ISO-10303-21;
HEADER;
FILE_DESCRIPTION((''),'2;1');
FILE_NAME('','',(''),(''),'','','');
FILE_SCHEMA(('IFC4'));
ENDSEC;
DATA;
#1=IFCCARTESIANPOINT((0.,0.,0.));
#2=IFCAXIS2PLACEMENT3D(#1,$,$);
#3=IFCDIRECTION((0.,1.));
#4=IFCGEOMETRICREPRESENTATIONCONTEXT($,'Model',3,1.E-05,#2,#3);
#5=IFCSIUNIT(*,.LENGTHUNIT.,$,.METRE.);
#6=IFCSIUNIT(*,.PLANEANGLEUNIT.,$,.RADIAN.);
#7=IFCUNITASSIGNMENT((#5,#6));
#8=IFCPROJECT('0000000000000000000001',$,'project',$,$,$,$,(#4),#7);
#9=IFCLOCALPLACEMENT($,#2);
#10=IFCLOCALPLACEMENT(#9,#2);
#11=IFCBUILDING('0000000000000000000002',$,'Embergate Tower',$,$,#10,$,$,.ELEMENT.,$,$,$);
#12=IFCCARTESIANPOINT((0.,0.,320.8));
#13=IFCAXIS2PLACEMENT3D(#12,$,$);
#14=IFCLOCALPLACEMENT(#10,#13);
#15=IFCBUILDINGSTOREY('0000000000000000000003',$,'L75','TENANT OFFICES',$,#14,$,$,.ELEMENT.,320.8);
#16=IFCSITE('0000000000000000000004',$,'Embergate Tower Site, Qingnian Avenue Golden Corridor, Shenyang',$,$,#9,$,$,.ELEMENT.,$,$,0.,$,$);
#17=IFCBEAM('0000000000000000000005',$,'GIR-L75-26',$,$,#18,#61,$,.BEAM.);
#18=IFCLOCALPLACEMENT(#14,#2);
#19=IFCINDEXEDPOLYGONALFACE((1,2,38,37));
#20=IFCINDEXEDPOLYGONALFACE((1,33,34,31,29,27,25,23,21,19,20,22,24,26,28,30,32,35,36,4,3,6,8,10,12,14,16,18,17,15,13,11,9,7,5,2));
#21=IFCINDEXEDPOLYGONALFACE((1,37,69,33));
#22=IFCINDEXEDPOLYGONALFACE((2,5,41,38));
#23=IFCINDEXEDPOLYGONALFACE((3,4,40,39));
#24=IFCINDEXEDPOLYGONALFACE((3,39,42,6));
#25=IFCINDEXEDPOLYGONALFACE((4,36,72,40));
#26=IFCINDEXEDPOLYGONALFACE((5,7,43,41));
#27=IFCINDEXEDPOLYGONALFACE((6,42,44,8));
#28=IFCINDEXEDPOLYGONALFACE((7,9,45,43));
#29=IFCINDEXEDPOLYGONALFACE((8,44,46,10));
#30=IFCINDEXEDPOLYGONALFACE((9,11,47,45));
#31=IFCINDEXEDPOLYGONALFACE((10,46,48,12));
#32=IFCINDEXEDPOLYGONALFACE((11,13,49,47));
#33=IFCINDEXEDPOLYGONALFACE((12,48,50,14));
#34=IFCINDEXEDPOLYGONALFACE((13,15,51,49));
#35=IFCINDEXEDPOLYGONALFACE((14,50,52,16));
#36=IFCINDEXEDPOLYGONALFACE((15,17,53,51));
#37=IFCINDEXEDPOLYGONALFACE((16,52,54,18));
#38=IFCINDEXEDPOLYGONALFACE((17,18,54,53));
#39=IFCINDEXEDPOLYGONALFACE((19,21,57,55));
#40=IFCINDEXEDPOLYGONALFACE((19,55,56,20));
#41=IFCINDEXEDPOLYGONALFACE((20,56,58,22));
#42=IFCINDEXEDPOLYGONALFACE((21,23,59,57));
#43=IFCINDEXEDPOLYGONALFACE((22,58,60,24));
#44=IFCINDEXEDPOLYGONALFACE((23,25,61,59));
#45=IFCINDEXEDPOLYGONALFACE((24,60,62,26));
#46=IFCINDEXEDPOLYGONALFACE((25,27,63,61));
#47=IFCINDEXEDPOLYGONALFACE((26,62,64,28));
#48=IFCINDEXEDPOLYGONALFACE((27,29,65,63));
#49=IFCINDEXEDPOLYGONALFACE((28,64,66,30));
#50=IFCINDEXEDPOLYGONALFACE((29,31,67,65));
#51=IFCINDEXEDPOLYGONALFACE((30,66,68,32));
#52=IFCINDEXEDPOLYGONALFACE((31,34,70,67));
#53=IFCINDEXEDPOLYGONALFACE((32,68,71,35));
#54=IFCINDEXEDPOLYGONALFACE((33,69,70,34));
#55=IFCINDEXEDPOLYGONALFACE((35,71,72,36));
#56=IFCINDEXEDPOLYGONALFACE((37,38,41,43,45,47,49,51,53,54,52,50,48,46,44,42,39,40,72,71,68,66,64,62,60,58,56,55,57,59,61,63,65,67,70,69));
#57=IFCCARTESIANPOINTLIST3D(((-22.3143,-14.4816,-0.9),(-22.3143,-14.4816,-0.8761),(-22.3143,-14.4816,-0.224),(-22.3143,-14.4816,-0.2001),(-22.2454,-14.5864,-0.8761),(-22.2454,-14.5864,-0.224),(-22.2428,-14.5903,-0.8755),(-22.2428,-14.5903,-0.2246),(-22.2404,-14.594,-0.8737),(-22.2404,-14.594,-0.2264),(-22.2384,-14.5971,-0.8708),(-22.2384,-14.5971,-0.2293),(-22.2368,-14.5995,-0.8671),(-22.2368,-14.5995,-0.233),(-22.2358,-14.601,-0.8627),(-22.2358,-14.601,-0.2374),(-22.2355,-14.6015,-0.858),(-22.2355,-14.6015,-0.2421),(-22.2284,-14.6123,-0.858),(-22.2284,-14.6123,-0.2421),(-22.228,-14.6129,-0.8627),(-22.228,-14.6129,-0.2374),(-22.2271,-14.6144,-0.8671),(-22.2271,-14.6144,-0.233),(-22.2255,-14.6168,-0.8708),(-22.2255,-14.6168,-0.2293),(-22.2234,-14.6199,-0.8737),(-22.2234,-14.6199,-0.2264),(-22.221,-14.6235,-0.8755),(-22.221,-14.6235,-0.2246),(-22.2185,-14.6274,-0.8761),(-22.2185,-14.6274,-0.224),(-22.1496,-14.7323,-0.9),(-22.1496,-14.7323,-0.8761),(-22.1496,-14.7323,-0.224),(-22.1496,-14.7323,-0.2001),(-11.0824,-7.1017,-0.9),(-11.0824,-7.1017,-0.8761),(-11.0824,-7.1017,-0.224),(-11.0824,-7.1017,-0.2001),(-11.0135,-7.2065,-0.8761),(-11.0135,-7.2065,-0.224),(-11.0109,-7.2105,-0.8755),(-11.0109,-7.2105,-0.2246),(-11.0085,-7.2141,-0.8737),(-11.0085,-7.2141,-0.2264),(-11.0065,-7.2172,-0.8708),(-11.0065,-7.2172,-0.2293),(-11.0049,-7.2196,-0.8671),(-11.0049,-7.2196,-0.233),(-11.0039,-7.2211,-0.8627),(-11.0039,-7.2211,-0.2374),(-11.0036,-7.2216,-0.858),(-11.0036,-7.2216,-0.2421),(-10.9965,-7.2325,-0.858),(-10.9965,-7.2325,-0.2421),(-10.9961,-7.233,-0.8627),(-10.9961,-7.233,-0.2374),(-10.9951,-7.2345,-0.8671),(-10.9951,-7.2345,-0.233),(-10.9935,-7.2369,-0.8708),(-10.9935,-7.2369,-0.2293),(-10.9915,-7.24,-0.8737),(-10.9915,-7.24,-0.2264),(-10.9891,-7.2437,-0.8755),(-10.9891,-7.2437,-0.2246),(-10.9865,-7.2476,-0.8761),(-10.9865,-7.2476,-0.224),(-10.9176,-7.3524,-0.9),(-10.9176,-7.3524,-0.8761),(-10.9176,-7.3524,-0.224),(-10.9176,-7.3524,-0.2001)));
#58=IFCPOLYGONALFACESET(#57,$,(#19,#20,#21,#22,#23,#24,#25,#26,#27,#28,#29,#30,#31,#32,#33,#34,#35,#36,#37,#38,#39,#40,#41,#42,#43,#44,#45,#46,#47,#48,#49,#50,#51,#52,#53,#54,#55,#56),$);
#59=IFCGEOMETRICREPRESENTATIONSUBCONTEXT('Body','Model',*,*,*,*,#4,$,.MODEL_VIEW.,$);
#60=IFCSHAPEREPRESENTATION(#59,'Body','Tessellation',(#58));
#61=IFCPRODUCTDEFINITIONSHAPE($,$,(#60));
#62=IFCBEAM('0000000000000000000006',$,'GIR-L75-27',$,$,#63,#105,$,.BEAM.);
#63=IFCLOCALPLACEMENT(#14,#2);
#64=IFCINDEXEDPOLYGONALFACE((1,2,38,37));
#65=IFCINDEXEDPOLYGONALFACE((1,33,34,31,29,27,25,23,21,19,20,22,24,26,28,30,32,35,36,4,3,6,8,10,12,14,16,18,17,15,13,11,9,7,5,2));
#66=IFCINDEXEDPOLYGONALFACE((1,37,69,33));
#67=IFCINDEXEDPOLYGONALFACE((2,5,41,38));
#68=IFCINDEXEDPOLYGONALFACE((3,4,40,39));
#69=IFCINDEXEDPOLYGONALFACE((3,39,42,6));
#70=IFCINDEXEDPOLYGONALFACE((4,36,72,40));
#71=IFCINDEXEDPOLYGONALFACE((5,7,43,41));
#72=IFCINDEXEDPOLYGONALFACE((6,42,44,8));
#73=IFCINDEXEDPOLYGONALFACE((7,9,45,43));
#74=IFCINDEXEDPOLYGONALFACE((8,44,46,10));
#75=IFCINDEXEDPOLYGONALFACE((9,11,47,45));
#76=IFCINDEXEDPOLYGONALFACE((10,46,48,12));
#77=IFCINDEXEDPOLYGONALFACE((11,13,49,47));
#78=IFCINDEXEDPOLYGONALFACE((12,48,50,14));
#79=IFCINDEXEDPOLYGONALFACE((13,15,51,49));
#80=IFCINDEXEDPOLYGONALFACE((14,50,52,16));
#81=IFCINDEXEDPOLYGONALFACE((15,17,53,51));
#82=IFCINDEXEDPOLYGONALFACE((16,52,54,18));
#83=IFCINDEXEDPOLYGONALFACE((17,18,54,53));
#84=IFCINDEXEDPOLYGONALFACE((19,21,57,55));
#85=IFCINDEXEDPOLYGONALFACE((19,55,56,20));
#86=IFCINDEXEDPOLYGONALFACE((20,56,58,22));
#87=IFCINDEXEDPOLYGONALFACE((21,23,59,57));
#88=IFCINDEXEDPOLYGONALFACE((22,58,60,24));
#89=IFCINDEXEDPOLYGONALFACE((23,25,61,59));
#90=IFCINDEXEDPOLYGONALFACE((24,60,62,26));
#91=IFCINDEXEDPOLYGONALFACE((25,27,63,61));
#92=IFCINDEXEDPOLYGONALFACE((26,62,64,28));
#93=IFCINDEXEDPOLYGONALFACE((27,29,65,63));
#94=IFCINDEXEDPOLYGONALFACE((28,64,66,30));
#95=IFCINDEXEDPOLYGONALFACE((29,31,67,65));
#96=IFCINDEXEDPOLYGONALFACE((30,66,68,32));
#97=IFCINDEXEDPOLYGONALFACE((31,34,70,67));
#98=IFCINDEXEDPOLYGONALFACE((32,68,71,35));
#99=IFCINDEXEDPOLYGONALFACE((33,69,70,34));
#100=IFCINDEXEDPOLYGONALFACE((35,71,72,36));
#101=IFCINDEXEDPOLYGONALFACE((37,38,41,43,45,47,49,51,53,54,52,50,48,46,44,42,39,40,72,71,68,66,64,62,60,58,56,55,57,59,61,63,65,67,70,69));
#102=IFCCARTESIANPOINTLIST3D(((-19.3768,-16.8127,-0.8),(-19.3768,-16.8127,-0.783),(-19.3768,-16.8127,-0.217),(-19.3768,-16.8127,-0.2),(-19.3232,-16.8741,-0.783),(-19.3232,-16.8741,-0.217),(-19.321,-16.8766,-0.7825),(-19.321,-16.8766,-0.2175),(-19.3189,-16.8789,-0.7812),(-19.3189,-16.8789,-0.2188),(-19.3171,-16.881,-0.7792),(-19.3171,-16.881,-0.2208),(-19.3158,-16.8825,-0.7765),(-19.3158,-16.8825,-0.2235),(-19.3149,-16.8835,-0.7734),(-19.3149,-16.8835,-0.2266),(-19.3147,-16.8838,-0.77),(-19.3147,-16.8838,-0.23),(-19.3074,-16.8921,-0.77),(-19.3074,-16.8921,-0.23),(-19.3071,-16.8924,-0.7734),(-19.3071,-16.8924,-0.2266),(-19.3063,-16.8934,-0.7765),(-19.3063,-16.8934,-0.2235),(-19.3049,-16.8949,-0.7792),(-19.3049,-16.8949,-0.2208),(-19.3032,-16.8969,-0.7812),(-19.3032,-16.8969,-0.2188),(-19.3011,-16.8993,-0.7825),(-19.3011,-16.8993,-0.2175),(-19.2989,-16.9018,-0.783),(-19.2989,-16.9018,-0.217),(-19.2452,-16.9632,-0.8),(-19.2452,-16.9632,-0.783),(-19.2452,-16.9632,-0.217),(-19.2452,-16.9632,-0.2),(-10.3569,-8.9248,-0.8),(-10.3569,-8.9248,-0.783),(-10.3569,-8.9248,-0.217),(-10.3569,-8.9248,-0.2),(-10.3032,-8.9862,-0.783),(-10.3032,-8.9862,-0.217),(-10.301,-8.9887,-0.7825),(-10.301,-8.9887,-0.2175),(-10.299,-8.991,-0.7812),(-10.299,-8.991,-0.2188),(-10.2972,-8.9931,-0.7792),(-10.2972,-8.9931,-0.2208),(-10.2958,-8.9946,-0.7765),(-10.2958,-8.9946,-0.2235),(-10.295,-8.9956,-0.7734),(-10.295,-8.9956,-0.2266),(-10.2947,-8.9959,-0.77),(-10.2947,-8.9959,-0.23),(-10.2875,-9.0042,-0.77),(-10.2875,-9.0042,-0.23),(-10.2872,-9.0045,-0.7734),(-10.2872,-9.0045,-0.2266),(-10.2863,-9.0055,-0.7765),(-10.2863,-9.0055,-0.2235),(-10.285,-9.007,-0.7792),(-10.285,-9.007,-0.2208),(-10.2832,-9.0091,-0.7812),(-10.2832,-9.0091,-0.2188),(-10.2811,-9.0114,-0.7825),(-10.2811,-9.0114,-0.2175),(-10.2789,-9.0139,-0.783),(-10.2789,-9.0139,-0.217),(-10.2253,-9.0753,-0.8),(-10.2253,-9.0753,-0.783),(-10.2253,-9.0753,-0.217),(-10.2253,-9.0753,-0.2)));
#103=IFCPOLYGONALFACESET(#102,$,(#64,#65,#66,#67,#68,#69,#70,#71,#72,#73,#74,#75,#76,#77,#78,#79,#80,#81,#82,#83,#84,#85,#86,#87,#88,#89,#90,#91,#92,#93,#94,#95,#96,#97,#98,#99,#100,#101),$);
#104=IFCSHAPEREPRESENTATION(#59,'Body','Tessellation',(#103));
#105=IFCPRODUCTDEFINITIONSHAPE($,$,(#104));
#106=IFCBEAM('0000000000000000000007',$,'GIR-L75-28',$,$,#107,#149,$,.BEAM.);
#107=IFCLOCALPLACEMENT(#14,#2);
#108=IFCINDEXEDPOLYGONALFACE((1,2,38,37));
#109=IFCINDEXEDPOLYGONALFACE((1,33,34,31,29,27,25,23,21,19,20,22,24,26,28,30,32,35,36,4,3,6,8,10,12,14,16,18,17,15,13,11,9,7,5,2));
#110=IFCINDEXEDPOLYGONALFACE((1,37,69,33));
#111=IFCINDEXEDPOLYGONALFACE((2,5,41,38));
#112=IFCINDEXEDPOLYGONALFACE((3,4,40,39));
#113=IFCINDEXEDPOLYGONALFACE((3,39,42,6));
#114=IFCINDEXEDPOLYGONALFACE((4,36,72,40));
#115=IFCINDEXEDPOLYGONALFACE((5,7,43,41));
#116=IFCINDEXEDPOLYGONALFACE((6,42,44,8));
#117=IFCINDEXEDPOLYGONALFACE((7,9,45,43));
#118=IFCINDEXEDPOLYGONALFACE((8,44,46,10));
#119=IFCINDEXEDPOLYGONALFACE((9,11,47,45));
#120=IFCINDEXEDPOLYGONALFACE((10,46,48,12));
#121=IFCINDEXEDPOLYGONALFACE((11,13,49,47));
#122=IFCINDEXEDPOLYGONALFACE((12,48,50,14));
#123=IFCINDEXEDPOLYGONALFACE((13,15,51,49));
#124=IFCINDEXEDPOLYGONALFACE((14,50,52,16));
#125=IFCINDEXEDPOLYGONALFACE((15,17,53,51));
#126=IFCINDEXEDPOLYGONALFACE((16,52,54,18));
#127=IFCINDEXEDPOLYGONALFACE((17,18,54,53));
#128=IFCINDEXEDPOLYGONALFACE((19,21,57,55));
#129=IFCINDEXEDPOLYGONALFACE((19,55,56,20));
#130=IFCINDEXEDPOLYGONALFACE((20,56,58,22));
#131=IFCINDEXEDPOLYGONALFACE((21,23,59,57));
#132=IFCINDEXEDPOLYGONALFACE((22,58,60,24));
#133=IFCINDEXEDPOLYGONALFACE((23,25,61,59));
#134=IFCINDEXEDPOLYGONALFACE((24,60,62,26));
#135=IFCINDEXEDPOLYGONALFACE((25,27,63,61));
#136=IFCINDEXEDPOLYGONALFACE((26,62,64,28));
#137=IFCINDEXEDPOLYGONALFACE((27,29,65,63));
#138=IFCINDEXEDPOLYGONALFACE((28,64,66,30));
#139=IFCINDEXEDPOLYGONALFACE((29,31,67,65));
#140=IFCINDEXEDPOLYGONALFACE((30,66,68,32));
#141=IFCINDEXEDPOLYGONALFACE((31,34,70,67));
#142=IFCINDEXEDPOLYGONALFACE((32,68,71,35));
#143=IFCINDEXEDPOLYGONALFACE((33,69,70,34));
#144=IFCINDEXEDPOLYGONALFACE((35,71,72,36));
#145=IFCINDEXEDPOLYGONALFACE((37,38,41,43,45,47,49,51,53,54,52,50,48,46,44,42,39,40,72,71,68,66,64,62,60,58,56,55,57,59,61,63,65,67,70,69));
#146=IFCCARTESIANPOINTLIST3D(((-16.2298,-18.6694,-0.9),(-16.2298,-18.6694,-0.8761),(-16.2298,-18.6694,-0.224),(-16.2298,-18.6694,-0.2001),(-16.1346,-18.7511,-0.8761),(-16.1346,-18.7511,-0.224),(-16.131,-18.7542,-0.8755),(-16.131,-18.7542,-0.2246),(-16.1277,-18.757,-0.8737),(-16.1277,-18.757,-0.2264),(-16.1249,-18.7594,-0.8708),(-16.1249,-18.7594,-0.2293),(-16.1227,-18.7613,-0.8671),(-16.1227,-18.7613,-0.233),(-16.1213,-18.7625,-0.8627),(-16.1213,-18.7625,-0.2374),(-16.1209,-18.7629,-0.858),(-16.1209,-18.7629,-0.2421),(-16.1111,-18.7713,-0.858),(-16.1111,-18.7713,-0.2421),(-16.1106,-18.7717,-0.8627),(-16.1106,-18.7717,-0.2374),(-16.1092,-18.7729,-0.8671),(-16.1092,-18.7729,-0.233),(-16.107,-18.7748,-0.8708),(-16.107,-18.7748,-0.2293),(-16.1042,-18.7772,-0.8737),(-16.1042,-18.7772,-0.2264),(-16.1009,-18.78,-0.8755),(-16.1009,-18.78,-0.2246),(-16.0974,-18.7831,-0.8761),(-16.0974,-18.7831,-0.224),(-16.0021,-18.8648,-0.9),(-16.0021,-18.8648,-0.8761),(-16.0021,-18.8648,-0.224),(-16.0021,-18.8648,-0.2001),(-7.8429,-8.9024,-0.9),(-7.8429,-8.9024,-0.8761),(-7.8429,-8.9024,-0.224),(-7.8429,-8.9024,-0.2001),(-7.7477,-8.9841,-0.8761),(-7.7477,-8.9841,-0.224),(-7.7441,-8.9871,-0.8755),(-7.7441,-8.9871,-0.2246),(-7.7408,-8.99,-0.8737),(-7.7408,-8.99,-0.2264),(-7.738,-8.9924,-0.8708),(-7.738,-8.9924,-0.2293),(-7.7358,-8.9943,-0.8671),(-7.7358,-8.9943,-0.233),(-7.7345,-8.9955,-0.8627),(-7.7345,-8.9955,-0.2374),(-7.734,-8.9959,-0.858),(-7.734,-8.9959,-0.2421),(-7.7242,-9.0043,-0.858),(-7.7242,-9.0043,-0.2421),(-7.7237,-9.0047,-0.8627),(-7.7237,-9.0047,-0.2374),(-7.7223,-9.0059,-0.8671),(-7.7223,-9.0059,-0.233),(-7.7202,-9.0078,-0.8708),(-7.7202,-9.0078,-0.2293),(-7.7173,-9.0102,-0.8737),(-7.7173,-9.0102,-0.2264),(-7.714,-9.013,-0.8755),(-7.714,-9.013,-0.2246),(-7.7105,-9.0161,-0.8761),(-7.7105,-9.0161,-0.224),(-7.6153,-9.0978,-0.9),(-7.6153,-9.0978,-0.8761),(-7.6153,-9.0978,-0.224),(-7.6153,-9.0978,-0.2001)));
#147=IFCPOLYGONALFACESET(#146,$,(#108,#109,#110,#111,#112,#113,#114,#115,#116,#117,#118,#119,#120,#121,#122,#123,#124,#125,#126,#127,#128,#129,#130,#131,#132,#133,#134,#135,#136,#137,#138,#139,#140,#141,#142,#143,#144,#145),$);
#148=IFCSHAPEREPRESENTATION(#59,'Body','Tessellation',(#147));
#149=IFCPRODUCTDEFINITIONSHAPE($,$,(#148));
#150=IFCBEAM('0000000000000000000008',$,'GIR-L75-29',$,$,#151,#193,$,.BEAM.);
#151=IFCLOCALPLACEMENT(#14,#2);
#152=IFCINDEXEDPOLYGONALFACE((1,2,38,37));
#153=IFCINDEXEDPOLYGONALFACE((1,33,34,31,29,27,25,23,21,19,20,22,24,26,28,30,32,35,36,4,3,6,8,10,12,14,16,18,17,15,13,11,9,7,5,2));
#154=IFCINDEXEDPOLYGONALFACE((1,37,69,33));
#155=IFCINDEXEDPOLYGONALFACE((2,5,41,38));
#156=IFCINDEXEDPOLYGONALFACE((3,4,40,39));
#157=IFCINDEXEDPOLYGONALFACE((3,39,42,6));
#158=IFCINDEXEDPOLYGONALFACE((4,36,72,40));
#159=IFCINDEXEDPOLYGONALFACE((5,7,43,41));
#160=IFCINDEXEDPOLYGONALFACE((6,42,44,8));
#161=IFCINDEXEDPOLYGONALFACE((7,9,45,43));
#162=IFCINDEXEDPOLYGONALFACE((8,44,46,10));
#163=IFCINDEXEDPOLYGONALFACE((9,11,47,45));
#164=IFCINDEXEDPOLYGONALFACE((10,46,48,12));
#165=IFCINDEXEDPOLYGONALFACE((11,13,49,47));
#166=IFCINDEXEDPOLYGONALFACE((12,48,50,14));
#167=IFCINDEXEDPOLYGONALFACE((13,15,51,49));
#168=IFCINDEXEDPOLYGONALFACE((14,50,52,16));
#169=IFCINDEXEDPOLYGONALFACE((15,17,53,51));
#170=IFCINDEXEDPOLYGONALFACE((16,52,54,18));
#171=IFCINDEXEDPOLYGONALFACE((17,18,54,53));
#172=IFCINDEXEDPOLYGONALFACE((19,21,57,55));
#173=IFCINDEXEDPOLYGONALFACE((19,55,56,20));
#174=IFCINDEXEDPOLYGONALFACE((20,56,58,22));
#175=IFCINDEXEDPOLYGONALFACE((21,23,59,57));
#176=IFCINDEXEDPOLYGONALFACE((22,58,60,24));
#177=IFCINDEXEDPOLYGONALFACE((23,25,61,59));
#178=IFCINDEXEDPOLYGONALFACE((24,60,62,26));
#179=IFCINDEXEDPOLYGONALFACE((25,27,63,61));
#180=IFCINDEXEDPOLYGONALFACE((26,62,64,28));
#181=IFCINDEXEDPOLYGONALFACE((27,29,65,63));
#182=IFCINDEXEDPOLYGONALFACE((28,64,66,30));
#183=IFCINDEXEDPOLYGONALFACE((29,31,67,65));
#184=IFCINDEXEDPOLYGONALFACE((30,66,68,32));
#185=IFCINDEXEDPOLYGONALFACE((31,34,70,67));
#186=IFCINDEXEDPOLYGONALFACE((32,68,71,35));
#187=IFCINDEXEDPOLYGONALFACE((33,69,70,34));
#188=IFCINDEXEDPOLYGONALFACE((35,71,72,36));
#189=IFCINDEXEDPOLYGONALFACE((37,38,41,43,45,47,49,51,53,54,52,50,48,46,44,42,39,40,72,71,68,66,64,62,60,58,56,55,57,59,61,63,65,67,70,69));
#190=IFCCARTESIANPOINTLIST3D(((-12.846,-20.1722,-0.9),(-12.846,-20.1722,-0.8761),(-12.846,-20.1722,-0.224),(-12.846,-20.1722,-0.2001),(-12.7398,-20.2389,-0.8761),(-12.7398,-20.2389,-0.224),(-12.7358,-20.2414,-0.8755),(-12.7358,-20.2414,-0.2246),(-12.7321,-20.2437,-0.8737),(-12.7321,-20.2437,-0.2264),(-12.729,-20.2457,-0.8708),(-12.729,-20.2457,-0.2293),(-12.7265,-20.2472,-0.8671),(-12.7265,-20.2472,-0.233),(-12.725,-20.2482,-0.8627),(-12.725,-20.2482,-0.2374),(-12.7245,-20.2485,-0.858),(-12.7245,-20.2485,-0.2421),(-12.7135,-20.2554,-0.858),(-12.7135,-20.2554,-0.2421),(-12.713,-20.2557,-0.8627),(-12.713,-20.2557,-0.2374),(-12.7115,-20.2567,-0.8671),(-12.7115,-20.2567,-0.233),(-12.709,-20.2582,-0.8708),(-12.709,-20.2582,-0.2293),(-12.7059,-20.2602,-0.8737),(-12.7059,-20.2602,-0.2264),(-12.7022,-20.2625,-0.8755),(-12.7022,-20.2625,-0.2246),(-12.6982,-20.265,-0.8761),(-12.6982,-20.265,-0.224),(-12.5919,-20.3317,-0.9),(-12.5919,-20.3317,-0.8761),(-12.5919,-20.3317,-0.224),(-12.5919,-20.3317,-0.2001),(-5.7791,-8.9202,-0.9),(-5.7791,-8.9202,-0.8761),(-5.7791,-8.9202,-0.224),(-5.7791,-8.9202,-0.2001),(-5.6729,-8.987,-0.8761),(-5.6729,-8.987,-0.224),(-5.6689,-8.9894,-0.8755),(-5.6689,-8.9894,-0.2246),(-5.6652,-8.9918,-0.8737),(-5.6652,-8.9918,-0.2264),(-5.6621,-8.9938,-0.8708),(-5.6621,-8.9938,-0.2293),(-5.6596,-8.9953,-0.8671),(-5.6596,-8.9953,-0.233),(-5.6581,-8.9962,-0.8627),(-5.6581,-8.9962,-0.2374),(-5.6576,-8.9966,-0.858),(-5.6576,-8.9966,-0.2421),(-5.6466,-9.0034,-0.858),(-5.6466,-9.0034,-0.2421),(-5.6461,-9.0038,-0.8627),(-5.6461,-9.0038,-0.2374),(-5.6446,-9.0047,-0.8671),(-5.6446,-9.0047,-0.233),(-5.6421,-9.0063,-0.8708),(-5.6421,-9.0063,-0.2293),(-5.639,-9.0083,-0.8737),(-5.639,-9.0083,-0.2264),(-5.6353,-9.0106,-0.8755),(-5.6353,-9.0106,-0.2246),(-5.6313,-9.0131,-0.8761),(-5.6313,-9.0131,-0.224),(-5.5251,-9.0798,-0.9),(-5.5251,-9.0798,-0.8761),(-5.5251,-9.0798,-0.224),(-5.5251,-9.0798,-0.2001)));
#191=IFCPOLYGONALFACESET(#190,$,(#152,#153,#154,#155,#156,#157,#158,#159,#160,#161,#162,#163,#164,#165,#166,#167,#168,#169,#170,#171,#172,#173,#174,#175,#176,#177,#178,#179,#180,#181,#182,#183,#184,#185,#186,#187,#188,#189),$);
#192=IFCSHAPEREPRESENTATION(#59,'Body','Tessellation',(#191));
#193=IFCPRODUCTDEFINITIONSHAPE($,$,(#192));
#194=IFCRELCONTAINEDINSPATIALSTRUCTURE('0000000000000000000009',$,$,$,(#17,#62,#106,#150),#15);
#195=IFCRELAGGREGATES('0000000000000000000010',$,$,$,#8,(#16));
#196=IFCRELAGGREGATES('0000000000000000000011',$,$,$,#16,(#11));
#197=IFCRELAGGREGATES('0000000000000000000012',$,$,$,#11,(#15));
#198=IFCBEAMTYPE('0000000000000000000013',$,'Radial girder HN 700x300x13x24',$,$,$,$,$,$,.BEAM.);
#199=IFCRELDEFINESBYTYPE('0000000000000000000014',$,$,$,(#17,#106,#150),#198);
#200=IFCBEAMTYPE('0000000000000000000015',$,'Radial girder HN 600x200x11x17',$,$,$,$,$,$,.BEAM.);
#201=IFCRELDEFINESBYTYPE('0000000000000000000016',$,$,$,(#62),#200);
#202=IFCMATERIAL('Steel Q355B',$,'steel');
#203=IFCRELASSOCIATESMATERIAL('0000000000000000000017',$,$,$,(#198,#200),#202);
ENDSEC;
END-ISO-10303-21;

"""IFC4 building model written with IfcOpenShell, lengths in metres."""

from ifc_helpers import new_model, si_unit, direction, frame, origin, origin_2d, place, context, subcontext, project, spatial, i_section, extrude, source, transform, mapped, material, material_profile, profile_set, type_object, element, save


model = new_model("IFC4")

# Units and contexts
model_context = context("Model", 3, precision=1e-05, world=origin(), true_north=direction((0.0, 1.0)))
body_context = subcontext(model_context, "Body", "Model", "MODEL_VIEW")
ifc_project = project(units=[si_unit("LENGTHUNIT", "METRE"), si_unit("PLANEANGLEUNIT", "RADIAN")], contexts=[model_context])

# Site, building, storey
site_placement = place(None, origin())
site = spatial("IfcSite", under=ifc_project, at=site_placement, Name="Embergate Tower Site, Qingnian Avenue Golden Corridor, Shenyang", CompositionType="ELEMENT", RefElevation=0.0)
building_placement = place(site_placement, origin())
building = spatial("IfcBuilding", under=site, at=building_placement, Name="Embergate Tower", CompositionType="ELEMENT")
storey_placement = place(building_placement, frame((0.0, 0.0, 320.8)))
storey = spatial("IfcBuildingStorey", under=building, at=storey_placement, Name="L75", Description="TENANT OFFICES", CompositionType="ELEMENT", Elevation=320.8)

# Beams
ifc_material_1 = material(Name="Steel Q355B", Category="steel")
ifc_material_profile_1 = material_profile(ifc_material_1, i_section(OverallWidth=0.3, OverallDepth=0.7, WebThickness=0.0129, FlangeThickness=0.0239, FilletRadius=0.0181, at=origin_2d()), Name="HN 700x300x13x24")
ifc_profile_set_1 = profile_set([ifc_material_profile_1], Name="Steel Q355 grade B")
beam_type_1 = type_object("IfcBeamType", Name="Radial girder HN 700x300x13x24", PredefinedType="BEAM", material=ifc_profile_set_1)
shared_shape_1 = source(origin(), body_context, "Body", "SweptSolid", [
    extrude(i_section(OverallWidth=0.3, OverallDepth=0.7, WebThickness=0.0129, FlangeThickness=0.0239, FilletRadius=0.0181, at=origin_2d()), origin(), (0.0, 0.0, 1.0), 13.4395),
])
beam_1_placement = place(storey_placement, frame((-22.2319, -14.6069, -0.55), z_axis=(0.835743, 0.549121, 0.0), x_axis=(-0.549121, 0.835743, 0.0)))
element("IfcBeam", 1, at=beam_1_placement, inside=storey, type_object=beam_type_1, Name="GIR-L75-26", PredefinedType="BEAM", context=body_context, shape_type="MappedRepresentation", body=[
    mapped(shared_shape_1, transform((0.0, 0.0, 0.0))),
])
ifc_material_profile_2 = material_profile(ifc_material_1, i_section(OverallWidth=0.2, OverallDepth=0.6001, WebThickness=0.011, FlangeThickness=0.0171, FilletRadius=0.0129, at=origin_2d()), Name="HN 600x200x11x17")
ifc_profile_set_2 = profile_set([ifc_material_profile_2], Name="Steel Q355 grade B")
beam_type_2 = type_object("IfcBeamType", Name="Radial girder HN 600x200x11x17", PredefinedType="BEAM", material=ifc_profile_set_2)
shared_shape_2 = source(origin(), body_context, "Body", "SweptSolid", [
    extrude(i_section(OverallWidth=0.2, OverallDepth=0.6001, WebThickness=0.011, FlangeThickness=0.0171, FilletRadius=0.0129, at=origin_2d()), origin(), (0.0, 0.0, 1.0), 11.9824),
])
beam_2_placement = place(storey_placement, frame((-19.311, -16.8879, -0.5), z_axis=(0.752766, 0.658288, 0.0), x_axis=(-0.658288, 0.752766, 0.0)))
element("IfcBeam", 2, at=beam_2_placement, inside=storey, type_object=beam_type_2, Name="GIR-L75-27", PredefinedType="BEAM", context=body_context, shape_type="MappedRepresentation", body=[
    mapped(shared_shape_2, transform((0.0, 0.0, 0.0))),
])
shared_shape_3 = source(origin(), body_context, "Body", "SweptSolid", [
    extrude(i_section(OverallWidth=0.3, OverallDepth=0.7, WebThickness=0.0129, FlangeThickness=0.0239, FilletRadius=0.0181, at=origin_2d()), origin(), (0.0, 0.0, 1.0), 12.8738),
])
beam_3_placement = place(storey_placement, frame((-16.116, -18.7671, -0.55), z_axis=(0.65147, 0.758674, 0.0), x_axis=(-0.758674, 0.65147, 0.0)))
element("IfcBeam", 3, at=beam_3_placement, inside=storey, type_object=beam_type_1, Name="GIR-L75-28", PredefinedType="BEAM", context=body_context, shape_type="MappedRepresentation", body=[
    mapped(shared_shape_3, transform((0.0, 0.0, 0.0))),
])
shared_shape_4 = source(origin(), body_context, "Body", "SweptSolid", [
    extrude(i_section(OverallWidth=0.3, OverallDepth=0.7, WebThickness=0.0129, FlangeThickness=0.0239, FilletRadius=0.0181, at=origin_2d()), origin(), (0.0, 0.0, 1.0), 13.2871),
])
beam_4_placement = place(storey_placement, frame((-12.719, -20.252, -0.55), z_axis=(0.531861, 0.846832, 0.0), x_axis=(-0.846832, 0.531861, 0.0)))
element("IfcBeam", 4, at=beam_4_placement, inside=storey, type_object=beam_type_1, Name="GIR-L75-29", PredefinedType="BEAM", context=body_context, shape_type="MappedRepresentation", body=[
    mapped(shared_shape_4, transform((0.0, 0.0, 0.0))),
])

save(model, "model.ifc")
